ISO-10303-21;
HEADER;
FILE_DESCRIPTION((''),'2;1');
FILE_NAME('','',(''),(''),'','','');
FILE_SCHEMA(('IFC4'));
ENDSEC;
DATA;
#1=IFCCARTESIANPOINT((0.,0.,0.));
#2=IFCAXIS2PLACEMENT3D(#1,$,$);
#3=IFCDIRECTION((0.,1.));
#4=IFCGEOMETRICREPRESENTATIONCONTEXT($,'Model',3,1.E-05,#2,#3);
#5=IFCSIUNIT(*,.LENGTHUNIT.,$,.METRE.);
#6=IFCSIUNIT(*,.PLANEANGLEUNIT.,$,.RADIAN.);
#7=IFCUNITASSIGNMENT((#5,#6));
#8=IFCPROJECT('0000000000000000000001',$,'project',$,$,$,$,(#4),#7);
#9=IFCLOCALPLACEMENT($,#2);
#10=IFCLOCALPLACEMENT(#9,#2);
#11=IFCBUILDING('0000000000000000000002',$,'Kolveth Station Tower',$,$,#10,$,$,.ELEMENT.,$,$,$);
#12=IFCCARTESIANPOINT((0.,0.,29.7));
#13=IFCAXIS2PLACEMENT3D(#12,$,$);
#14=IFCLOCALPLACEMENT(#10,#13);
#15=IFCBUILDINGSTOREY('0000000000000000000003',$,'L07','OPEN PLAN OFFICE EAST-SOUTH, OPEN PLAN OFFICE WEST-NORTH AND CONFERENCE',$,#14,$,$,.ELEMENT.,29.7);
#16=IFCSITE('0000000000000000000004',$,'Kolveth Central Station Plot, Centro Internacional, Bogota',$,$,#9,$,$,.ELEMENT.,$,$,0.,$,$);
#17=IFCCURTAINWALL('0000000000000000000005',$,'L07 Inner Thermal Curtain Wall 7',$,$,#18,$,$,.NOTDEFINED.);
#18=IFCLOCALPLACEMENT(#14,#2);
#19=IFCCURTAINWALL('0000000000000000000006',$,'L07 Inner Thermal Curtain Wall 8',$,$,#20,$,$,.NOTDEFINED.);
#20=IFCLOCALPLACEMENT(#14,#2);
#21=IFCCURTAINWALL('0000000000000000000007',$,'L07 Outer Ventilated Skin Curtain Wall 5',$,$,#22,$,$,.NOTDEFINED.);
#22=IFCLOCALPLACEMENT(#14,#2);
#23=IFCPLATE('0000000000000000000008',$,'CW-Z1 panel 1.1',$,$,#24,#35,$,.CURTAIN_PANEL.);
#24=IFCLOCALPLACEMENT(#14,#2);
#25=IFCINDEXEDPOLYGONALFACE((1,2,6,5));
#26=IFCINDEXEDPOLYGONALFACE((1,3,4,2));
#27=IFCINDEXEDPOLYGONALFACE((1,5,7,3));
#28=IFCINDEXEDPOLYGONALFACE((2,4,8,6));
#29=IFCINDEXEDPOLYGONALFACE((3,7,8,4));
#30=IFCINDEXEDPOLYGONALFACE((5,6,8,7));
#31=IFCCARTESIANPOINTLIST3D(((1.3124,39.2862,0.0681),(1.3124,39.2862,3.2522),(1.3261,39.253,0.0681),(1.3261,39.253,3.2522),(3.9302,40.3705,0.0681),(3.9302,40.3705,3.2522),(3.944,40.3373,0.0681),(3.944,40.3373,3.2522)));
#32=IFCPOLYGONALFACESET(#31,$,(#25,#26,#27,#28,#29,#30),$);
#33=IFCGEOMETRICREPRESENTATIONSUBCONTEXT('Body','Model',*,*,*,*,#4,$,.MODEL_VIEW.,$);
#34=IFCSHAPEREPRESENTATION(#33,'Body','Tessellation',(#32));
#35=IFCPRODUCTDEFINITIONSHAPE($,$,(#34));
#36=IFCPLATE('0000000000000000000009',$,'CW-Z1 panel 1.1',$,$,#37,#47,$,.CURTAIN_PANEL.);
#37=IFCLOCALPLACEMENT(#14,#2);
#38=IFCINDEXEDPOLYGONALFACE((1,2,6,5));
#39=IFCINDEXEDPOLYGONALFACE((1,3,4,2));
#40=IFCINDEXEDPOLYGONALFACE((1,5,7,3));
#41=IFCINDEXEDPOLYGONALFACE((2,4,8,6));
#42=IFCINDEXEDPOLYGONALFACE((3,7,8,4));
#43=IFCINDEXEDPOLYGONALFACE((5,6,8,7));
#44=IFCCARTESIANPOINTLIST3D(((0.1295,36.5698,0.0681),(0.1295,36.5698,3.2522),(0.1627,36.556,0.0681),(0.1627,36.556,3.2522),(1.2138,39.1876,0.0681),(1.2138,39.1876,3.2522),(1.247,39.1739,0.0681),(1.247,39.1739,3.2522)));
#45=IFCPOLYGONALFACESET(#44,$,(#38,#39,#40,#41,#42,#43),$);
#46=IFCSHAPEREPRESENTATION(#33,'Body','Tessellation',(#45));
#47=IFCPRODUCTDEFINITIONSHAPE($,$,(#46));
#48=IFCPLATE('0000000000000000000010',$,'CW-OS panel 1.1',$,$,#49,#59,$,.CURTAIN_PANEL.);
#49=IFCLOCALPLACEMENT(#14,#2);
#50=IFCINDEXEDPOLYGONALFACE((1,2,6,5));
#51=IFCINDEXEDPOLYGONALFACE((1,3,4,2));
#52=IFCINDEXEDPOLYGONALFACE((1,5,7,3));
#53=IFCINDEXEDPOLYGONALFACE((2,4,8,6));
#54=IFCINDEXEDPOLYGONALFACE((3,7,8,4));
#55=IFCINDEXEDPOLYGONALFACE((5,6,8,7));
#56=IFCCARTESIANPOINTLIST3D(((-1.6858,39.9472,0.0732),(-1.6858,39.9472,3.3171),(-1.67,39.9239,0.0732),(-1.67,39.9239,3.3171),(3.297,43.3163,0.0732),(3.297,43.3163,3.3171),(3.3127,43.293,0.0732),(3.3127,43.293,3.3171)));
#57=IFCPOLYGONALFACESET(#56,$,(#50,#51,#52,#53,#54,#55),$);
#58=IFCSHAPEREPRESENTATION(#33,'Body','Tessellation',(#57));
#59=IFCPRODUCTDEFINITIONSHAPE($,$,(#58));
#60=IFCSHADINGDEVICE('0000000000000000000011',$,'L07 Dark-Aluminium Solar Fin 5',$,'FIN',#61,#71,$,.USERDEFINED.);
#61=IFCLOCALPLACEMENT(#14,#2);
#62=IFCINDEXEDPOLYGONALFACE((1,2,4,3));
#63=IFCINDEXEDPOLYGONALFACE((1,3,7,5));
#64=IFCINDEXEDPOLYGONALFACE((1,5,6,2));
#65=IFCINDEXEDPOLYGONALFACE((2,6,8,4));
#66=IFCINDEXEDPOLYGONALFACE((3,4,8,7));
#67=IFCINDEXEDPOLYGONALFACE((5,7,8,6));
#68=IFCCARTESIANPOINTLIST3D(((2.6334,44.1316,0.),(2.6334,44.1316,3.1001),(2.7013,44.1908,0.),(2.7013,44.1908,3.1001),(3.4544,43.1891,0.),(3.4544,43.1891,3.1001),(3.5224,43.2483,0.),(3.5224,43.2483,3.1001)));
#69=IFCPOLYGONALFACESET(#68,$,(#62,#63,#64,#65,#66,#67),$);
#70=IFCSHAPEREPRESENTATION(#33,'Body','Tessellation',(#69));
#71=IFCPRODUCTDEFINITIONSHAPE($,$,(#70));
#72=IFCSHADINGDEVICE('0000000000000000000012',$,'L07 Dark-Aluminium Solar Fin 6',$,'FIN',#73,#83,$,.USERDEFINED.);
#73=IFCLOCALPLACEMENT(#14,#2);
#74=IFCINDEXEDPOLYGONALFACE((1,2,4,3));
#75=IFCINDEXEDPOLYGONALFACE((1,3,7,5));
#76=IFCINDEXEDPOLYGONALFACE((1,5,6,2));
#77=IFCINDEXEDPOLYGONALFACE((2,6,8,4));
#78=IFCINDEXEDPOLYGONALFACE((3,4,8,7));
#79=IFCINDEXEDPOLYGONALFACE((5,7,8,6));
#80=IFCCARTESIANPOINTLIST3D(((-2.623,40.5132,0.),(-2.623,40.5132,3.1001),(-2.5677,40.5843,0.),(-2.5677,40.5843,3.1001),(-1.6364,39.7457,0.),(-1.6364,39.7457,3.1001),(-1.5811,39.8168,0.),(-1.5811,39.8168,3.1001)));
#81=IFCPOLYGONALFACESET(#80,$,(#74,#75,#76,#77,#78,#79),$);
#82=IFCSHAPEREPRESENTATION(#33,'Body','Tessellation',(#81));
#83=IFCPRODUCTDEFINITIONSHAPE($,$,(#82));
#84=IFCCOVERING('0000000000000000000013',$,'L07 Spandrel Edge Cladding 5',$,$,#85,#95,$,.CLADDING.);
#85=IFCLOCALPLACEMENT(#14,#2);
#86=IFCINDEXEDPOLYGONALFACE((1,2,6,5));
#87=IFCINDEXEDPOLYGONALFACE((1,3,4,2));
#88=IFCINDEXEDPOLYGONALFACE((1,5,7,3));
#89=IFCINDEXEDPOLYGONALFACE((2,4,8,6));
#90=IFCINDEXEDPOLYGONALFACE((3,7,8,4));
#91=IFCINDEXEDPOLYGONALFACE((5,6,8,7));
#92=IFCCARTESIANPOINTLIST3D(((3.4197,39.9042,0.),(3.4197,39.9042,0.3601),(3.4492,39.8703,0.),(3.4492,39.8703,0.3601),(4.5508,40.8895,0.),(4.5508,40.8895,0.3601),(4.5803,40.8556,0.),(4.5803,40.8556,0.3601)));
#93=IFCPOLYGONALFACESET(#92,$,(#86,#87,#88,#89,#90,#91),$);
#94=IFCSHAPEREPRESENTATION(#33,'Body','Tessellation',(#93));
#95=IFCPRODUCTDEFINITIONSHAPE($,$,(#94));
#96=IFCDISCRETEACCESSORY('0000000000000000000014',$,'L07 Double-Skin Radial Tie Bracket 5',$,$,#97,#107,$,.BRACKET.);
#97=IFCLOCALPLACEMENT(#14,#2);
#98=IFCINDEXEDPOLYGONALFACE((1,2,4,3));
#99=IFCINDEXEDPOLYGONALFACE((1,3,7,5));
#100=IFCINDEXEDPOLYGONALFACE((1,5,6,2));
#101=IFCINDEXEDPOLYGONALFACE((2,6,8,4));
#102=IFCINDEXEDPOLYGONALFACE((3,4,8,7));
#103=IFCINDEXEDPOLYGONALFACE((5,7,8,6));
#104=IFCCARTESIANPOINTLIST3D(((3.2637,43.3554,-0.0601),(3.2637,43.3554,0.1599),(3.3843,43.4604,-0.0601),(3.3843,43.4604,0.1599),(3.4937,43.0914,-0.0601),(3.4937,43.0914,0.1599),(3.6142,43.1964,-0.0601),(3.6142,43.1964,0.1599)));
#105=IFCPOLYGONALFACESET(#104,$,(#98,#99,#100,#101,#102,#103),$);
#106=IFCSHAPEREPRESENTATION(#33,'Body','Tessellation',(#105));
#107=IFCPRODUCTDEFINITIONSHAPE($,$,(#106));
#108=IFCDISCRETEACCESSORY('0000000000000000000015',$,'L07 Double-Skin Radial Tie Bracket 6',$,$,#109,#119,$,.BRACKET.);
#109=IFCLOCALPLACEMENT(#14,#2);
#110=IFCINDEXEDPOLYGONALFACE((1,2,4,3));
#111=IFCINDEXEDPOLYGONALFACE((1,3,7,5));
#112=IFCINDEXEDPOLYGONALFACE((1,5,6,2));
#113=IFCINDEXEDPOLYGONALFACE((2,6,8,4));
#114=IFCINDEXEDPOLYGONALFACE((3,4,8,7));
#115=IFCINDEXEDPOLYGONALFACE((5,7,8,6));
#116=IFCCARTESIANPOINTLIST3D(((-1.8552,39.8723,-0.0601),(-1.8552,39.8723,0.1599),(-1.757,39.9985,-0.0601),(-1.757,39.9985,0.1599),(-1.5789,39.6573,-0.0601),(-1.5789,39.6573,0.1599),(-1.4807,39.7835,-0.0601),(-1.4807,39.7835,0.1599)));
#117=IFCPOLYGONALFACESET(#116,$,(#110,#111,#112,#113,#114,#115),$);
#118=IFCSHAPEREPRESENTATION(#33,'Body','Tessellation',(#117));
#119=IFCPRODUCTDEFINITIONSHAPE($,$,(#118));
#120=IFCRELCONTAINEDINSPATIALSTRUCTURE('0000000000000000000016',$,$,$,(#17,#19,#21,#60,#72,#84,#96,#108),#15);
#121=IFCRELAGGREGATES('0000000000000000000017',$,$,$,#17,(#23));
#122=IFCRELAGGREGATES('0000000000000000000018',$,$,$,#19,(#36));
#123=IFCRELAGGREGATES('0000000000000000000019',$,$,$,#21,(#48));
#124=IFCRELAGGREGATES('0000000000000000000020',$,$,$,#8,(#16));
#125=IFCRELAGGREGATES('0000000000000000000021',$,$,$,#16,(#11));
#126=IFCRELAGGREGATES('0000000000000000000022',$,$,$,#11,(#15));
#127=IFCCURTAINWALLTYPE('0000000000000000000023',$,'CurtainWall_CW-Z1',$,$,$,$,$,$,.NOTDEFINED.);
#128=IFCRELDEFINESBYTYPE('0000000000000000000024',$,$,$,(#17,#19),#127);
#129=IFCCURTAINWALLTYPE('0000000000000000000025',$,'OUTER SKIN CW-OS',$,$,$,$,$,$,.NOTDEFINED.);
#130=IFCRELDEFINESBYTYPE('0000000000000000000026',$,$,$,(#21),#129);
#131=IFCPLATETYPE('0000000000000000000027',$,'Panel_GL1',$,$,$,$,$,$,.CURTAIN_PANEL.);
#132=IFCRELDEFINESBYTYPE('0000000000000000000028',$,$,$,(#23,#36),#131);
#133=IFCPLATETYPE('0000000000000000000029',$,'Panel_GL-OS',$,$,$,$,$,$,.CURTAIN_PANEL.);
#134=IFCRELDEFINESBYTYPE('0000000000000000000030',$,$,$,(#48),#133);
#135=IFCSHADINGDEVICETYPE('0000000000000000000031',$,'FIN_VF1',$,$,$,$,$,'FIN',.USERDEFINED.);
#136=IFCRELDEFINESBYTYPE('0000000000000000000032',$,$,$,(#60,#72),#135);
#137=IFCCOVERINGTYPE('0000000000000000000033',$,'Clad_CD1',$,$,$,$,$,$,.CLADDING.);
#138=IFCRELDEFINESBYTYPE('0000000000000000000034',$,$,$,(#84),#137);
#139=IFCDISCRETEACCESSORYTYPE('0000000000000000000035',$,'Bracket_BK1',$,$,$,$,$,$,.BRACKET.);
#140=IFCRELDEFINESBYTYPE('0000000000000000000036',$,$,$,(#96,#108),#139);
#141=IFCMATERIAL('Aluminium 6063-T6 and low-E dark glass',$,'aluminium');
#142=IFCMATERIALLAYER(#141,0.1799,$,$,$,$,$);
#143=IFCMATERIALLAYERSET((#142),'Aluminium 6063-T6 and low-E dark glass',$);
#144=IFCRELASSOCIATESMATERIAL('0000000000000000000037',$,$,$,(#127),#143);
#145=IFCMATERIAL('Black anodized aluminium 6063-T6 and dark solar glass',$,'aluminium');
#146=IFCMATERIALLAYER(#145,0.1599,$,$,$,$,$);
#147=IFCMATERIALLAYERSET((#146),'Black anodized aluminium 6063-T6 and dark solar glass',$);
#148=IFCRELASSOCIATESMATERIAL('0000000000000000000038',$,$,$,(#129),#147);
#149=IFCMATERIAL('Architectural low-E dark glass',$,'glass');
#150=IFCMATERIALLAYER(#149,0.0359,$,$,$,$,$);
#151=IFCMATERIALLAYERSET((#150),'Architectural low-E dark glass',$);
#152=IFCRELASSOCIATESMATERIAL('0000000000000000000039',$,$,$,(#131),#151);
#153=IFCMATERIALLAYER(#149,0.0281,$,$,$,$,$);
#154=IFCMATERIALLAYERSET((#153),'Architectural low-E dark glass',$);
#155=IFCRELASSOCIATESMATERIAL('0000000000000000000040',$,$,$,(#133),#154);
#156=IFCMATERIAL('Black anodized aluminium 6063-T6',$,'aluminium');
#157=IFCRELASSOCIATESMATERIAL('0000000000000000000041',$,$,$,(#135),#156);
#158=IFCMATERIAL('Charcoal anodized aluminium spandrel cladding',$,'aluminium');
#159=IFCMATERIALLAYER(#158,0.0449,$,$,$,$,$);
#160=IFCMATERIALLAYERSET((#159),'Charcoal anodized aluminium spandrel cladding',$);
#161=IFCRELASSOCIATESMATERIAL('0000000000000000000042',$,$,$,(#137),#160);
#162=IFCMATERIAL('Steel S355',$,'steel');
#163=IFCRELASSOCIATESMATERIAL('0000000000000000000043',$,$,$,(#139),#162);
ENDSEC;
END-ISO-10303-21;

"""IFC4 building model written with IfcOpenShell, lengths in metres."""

from ifc_helpers import new_model, si_unit, direction, frame, origin, origin_2d, place, context, subcontext, project, spatial, rectangle, extrude, source, transform, mapped, material, layer, layer_set, type_object, element, aggregate, save


model = new_model("IFC4")

# Units and contexts
model_context = context("Model", 3, precision=1e-05, world=origin(), true_north=direction((0.0, 1.0)))
body_context = subcontext(model_context, "Body", "Model", "MODEL_VIEW")
ifc_project = project(units=[si_unit("LENGTHUNIT", "METRE"), si_unit("PLANEANGLEUNIT", "RADIAN")], contexts=[model_context])

# Site, building, storey
site_placement = place(None, origin())
site = spatial("IfcSite", under=ifc_project, at=site_placement, Name="Kolveth Central Station Plot, Centro Internacional, Bogota", CompositionType="ELEMENT", RefElevation=0.0)
building_placement = place(site_placement, origin())
building = spatial("IfcBuilding", under=site, at=building_placement, Name="Kolveth Station Tower", CompositionType="ELEMENT")
storey_placement = place(building_placement, frame((0.0, 0.0, 29.7)))
storey = spatial("IfcBuildingStorey", under=building, at=storey_placement, Name="L07", Description="OPEN PLAN OFFICE EAST-SOUTH, OPEN PLAN OFFICE WEST-NORTH AND CONFERENCE", CompositionType="ELEMENT", Elevation=29.7)

# Shared definitions
ifc_material_1 = material(Name="Steel S355", Category="steel")

# Shared definitions
ifc_material_2 = material(Name="Aluminium 6063-T6 and low-E dark glass", Category="aluminium")
ifc_layer_1 = layer(ifc_material_2, 0.1799)
ifc_layer_set_1 = layer_set([ifc_layer_1], Name="Aluminium 6063-T6 and low-E dark glass")
curtain_wall_type_1 = type_object("IfcCurtainWallType", Name="CurtainWall_CW-Z1", PredefinedType="NOTDEFINED", material=ifc_layer_set_1)
ifc_material_3 = material(Name="Black anodized aluminium 6063-T6", Category="aluminium")

# Curtain walls
curtain_wall_1_placement = place(storey_placement, origin())
curtain_wall_1 = element("IfcCurtainWall", 1, at=curtain_wall_1_placement, inside=storey, type_object=curtain_wall_type_1, Name="L07 Inner Thermal Curtain Wall 7", PredefinedType="NOTDEFINED")
curtain_wall_2_placement = place(storey_placement, origin())
curtain_wall_2 = element("IfcCurtainWall", 2, at=curtain_wall_2_placement, inside=storey, type_object=curtain_wall_type_1, Name="L07 Inner Thermal Curtain Wall 8", PredefinedType="NOTDEFINED")

# Shared definitions
ifc_material_4 = material(Name="Black anodized aluminium 6063-T6 and dark solar glass", Category="aluminium")
ifc_layer_2 = layer(ifc_material_4, 0.1599)
ifc_layer_set_2 = layer_set([ifc_layer_2], Name="Black anodized aluminium 6063-T6 and dark solar glass")
curtain_wall_type_2 = type_object("IfcCurtainWallType", Name="OUTER SKIN CW-OS", PredefinedType="NOTDEFINED", material=ifc_layer_set_2)

# Curtain wall
curtain_wall_3_placement = place(storey_placement, origin())
curtain_wall_3 = element("IfcCurtainWall", 3, at=curtain_wall_3_placement, inside=storey, type_object=curtain_wall_type_2, Name="L07 Outer Ventilated Skin Curtain Wall 5", PredefinedType="NOTDEFINED")

# Plates
ifc_material_5 = material(Name="Architectural low-E dark glass", Category="glass")
ifc_layer_3 = layer(ifc_material_5, 0.0359)
ifc_layer_set_3 = layer_set([ifc_layer_3], Name="Architectural low-E dark glass")
plate_type_1 = type_object("IfcPlateType", Name="Panel_GL1", PredefinedType="CURTAIN_PANEL", material=ifc_layer_set_3)
shared_shape_1 = source(origin(), body_context, "Body", "SweptSolid", [
    extrude(rectangle(XDim=2.8335, YDim=0.0359, at=origin_2d()), origin(), (0.0, 0.0, 1.0), 3.1841),
])
plate_1_placement = place(storey_placement, frame((2.6282, 39.8118, 0.0681), z_axis=(0.0, 0.0, 1.0), x_axis=(-0.923884, -0.382673, 0.0)))
plate_1 = element("IfcPlate", 4, at=plate_1_placement, type_object=plate_type_1, Name="CW-Z1 panel 1.1", PredefinedType="CURTAIN_PANEL", context=body_context, shape_type="MappedRepresentation", body=[
    mapped(shared_shape_1, transform((0.0, 0.0, 0.0), x_axis=(1.0, 0.0, 0.0), y_axis=(0.0, 1.0, 0.0), z_axis=(0.0, 0.0, 1.0), scale=1.0)),
])
aggregate(curtain_wall_1, [plate_1])
plate_2_placement = place(storey_placement, frame((0.6882, 37.8718, 0.0681), z_axis=(0.0, 0.0, 1.0), x_axis=(-0.382673, -0.923884, 0.0)))
plate_2 = element("IfcPlate", 5, at=plate_2_placement, type_object=plate_type_1, Name="CW-Z1 panel 1.1", PredefinedType="CURTAIN_PANEL", context=body_context, shape_type="MappedRepresentation", body=[
    mapped(shared_shape_1, transform((0.0, 0.0, 0.0), x_axis=(1.0, 0.0, 0.0), y_axis=(0.0, 1.0, 0.0), z_axis=(0.0, 0.0, 1.0), scale=1.0)),
])
aggregate(curtain_wall_2, [plate_2])
ifc_layer_4 = layer(ifc_material_5, 0.0281)
ifc_layer_set_4 = layer_set([ifc_layer_4], Name="Architectural low-E dark glass")
plate_type_2 = type_object("IfcPlateType", Name="Panel_GL-OS", PredefinedType="CURTAIN_PANEL", material=ifc_layer_set_4)
shared_shape_2 = source(origin(), body_context, "Body", "SweptSolid", [
    extrude(rectangle(XDim=6.0149, YDim=0.0281, at=origin_2d()), origin(), (0.0, 0.0, 1.0), 3.2439),
])
plate_3_placement = place(storey_placement, frame((0.8135, 41.6201, 0.0732), z_axis=(0.0, 0.0, 1.0), x_axis=(-0.828406, -0.560128, 0.0)))
plate_3 = element("IfcPlate", 6, at=plate_3_placement, type_object=plate_type_2, Name="CW-OS panel 1.1", PredefinedType="CURTAIN_PANEL", context=body_context, shape_type="MappedRepresentation", body=[
    mapped(shared_shape_2, transform((0.0, 0.0, 0.0), x_axis=(1.0, 0.0, 0.0), y_axis=(0.0, 1.0, 0.0), z_axis=(0.0, 0.0, 1.0), scale=1.0)),
])
aggregate(curtain_wall_3, [plate_3])

# Shading devices
shading_device_type = type_object("IfcShadingDeviceType", Name="FIN_VF1", ElementType="FIN", PredefinedType="USERDEFINED", material=ifc_material_3)
shared_shape_3 = source(origin(), body_context, "Body", "SweptSolid", [
    extrude(rectangle(XDim=1.25, YDim=0.0901, at=origin_2d()), origin(), (0.0, 0.0, 1.0), 3.1001),
])
for number, where, z_axis, x_axis, name in (
    (7, (3.0779, 43.6899, 0.0), (0.0, 0.0, 1.0), (-0.656849, 0.754022, 0.0), "L07 Dark-Aluminium Solar Fin 5"),
    (8, (-2.1021, 40.165, 0.0), (0.0, 0.0, 1.0), (-0.789298, 0.61401, 0.0), "L07 Dark-Aluminium Solar Fin 6"),
):
    element("IfcShadingDevice", number, at=place(storey_placement, frame(where, z_axis=z_axis, x_axis=x_axis)), inside=storey, type_object=shading_device_type, Name=name, ObjectType="FIN", PredefinedType="USERDEFINED", context=body_context, shape_type="MappedRepresentation", body=[
        mapped(shared_shape_3, transform((0.0, 0.0, 0.0), x_axis=(1.0, 0.0, 0.0), y_axis=(0.0, 1.0, 0.0), z_axis=(0.0, 0.0, 1.0), scale=1.0)),
    ])

# Covering
ifc_material_6 = material(Name="Charcoal anodized aluminium spandrel cladding", Category="aluminium")
ifc_layer_5 = layer(ifc_material_6, 0.0449)
ifc_layer_set_5 = layer_set([ifc_layer_5], Name="Charcoal anodized aluminium spandrel cladding")
covering_type = type_object("IfcCoveringType", Name="Clad_CD1", PredefinedType="CLADDING", material=ifc_layer_set_5)
shared_shape_4 = source(origin(), body_context, "Body", "SweptSolid", [
    extrude(rectangle(XDim=1.5, YDim=0.0449, at=origin_2d()), origin(), (0.0, 0.0, 1.0), 0.3601),
])
covering_placement = place(storey_placement, frame((4.0, 40.3799, 0.0), z_axis=(0.0, 0.0, 1.0), x_axis=(-0.754022, -0.656849, 0.0)))
element("IfcCovering", 9, at=covering_placement, inside=storey, type_object=covering_type, Name="L07 Spandrel Edge Cladding 5", PredefinedType="CLADDING", context=body_context, shape_type="MappedRepresentation", body=[
    mapped(shared_shape_4, transform((0.0, 0.0, 0.0), x_axis=(1.0, 0.0, 0.0), y_axis=(0.0, 1.0, 0.0), z_axis=(0.0, 0.0, 1.0), scale=1.0)),
])

# Discrete accessories
discrete_accessory_type = type_object("IfcDiscreteAccessoryType", Name="Bracket_BK1", PredefinedType="BRACKET", material=ifc_material_1)
shared_shape_5 = source(origin(), body_context, "Body", "SweptSolid", [
    extrude(rectangle(XDim=0.3501, YDim=0.1599, at=origin_2d()), origin(), (0.0, 0.0, 1.0), 0.22),
])
for number, where, z_axis, x_axis, name in (
    (10, (3.439, 43.2759, -0.0601), (0.0, 0.0, 1.0), (-0.656849, 0.754022, 0.0), "L07 Double-Skin Radial Tie Bracket 5"),
    (11, (-1.668, 39.8279, -0.0601), (0.0, 0.0, 1.0), (-0.789298, 0.61401, 0.0), "L07 Double-Skin Radial Tie Bracket 6"),
):
    element("IfcDiscreteAccessory", number, at=place(storey_placement, frame(where, z_axis=z_axis, x_axis=x_axis)), inside=storey, type_object=discrete_accessory_type, Name=name, PredefinedType="BRACKET", context=body_context, shape_type="MappedRepresentation", body=[
        mapped(shared_shape_5, transform((0.0, 0.0, 0.0), x_axis=(1.0, 0.0, 0.0), y_axis=(0.0, 1.0, 0.0), z_axis=(0.0, 0.0, 1.0), scale=1.0)),
    ])

save(model, "model.ifc")
